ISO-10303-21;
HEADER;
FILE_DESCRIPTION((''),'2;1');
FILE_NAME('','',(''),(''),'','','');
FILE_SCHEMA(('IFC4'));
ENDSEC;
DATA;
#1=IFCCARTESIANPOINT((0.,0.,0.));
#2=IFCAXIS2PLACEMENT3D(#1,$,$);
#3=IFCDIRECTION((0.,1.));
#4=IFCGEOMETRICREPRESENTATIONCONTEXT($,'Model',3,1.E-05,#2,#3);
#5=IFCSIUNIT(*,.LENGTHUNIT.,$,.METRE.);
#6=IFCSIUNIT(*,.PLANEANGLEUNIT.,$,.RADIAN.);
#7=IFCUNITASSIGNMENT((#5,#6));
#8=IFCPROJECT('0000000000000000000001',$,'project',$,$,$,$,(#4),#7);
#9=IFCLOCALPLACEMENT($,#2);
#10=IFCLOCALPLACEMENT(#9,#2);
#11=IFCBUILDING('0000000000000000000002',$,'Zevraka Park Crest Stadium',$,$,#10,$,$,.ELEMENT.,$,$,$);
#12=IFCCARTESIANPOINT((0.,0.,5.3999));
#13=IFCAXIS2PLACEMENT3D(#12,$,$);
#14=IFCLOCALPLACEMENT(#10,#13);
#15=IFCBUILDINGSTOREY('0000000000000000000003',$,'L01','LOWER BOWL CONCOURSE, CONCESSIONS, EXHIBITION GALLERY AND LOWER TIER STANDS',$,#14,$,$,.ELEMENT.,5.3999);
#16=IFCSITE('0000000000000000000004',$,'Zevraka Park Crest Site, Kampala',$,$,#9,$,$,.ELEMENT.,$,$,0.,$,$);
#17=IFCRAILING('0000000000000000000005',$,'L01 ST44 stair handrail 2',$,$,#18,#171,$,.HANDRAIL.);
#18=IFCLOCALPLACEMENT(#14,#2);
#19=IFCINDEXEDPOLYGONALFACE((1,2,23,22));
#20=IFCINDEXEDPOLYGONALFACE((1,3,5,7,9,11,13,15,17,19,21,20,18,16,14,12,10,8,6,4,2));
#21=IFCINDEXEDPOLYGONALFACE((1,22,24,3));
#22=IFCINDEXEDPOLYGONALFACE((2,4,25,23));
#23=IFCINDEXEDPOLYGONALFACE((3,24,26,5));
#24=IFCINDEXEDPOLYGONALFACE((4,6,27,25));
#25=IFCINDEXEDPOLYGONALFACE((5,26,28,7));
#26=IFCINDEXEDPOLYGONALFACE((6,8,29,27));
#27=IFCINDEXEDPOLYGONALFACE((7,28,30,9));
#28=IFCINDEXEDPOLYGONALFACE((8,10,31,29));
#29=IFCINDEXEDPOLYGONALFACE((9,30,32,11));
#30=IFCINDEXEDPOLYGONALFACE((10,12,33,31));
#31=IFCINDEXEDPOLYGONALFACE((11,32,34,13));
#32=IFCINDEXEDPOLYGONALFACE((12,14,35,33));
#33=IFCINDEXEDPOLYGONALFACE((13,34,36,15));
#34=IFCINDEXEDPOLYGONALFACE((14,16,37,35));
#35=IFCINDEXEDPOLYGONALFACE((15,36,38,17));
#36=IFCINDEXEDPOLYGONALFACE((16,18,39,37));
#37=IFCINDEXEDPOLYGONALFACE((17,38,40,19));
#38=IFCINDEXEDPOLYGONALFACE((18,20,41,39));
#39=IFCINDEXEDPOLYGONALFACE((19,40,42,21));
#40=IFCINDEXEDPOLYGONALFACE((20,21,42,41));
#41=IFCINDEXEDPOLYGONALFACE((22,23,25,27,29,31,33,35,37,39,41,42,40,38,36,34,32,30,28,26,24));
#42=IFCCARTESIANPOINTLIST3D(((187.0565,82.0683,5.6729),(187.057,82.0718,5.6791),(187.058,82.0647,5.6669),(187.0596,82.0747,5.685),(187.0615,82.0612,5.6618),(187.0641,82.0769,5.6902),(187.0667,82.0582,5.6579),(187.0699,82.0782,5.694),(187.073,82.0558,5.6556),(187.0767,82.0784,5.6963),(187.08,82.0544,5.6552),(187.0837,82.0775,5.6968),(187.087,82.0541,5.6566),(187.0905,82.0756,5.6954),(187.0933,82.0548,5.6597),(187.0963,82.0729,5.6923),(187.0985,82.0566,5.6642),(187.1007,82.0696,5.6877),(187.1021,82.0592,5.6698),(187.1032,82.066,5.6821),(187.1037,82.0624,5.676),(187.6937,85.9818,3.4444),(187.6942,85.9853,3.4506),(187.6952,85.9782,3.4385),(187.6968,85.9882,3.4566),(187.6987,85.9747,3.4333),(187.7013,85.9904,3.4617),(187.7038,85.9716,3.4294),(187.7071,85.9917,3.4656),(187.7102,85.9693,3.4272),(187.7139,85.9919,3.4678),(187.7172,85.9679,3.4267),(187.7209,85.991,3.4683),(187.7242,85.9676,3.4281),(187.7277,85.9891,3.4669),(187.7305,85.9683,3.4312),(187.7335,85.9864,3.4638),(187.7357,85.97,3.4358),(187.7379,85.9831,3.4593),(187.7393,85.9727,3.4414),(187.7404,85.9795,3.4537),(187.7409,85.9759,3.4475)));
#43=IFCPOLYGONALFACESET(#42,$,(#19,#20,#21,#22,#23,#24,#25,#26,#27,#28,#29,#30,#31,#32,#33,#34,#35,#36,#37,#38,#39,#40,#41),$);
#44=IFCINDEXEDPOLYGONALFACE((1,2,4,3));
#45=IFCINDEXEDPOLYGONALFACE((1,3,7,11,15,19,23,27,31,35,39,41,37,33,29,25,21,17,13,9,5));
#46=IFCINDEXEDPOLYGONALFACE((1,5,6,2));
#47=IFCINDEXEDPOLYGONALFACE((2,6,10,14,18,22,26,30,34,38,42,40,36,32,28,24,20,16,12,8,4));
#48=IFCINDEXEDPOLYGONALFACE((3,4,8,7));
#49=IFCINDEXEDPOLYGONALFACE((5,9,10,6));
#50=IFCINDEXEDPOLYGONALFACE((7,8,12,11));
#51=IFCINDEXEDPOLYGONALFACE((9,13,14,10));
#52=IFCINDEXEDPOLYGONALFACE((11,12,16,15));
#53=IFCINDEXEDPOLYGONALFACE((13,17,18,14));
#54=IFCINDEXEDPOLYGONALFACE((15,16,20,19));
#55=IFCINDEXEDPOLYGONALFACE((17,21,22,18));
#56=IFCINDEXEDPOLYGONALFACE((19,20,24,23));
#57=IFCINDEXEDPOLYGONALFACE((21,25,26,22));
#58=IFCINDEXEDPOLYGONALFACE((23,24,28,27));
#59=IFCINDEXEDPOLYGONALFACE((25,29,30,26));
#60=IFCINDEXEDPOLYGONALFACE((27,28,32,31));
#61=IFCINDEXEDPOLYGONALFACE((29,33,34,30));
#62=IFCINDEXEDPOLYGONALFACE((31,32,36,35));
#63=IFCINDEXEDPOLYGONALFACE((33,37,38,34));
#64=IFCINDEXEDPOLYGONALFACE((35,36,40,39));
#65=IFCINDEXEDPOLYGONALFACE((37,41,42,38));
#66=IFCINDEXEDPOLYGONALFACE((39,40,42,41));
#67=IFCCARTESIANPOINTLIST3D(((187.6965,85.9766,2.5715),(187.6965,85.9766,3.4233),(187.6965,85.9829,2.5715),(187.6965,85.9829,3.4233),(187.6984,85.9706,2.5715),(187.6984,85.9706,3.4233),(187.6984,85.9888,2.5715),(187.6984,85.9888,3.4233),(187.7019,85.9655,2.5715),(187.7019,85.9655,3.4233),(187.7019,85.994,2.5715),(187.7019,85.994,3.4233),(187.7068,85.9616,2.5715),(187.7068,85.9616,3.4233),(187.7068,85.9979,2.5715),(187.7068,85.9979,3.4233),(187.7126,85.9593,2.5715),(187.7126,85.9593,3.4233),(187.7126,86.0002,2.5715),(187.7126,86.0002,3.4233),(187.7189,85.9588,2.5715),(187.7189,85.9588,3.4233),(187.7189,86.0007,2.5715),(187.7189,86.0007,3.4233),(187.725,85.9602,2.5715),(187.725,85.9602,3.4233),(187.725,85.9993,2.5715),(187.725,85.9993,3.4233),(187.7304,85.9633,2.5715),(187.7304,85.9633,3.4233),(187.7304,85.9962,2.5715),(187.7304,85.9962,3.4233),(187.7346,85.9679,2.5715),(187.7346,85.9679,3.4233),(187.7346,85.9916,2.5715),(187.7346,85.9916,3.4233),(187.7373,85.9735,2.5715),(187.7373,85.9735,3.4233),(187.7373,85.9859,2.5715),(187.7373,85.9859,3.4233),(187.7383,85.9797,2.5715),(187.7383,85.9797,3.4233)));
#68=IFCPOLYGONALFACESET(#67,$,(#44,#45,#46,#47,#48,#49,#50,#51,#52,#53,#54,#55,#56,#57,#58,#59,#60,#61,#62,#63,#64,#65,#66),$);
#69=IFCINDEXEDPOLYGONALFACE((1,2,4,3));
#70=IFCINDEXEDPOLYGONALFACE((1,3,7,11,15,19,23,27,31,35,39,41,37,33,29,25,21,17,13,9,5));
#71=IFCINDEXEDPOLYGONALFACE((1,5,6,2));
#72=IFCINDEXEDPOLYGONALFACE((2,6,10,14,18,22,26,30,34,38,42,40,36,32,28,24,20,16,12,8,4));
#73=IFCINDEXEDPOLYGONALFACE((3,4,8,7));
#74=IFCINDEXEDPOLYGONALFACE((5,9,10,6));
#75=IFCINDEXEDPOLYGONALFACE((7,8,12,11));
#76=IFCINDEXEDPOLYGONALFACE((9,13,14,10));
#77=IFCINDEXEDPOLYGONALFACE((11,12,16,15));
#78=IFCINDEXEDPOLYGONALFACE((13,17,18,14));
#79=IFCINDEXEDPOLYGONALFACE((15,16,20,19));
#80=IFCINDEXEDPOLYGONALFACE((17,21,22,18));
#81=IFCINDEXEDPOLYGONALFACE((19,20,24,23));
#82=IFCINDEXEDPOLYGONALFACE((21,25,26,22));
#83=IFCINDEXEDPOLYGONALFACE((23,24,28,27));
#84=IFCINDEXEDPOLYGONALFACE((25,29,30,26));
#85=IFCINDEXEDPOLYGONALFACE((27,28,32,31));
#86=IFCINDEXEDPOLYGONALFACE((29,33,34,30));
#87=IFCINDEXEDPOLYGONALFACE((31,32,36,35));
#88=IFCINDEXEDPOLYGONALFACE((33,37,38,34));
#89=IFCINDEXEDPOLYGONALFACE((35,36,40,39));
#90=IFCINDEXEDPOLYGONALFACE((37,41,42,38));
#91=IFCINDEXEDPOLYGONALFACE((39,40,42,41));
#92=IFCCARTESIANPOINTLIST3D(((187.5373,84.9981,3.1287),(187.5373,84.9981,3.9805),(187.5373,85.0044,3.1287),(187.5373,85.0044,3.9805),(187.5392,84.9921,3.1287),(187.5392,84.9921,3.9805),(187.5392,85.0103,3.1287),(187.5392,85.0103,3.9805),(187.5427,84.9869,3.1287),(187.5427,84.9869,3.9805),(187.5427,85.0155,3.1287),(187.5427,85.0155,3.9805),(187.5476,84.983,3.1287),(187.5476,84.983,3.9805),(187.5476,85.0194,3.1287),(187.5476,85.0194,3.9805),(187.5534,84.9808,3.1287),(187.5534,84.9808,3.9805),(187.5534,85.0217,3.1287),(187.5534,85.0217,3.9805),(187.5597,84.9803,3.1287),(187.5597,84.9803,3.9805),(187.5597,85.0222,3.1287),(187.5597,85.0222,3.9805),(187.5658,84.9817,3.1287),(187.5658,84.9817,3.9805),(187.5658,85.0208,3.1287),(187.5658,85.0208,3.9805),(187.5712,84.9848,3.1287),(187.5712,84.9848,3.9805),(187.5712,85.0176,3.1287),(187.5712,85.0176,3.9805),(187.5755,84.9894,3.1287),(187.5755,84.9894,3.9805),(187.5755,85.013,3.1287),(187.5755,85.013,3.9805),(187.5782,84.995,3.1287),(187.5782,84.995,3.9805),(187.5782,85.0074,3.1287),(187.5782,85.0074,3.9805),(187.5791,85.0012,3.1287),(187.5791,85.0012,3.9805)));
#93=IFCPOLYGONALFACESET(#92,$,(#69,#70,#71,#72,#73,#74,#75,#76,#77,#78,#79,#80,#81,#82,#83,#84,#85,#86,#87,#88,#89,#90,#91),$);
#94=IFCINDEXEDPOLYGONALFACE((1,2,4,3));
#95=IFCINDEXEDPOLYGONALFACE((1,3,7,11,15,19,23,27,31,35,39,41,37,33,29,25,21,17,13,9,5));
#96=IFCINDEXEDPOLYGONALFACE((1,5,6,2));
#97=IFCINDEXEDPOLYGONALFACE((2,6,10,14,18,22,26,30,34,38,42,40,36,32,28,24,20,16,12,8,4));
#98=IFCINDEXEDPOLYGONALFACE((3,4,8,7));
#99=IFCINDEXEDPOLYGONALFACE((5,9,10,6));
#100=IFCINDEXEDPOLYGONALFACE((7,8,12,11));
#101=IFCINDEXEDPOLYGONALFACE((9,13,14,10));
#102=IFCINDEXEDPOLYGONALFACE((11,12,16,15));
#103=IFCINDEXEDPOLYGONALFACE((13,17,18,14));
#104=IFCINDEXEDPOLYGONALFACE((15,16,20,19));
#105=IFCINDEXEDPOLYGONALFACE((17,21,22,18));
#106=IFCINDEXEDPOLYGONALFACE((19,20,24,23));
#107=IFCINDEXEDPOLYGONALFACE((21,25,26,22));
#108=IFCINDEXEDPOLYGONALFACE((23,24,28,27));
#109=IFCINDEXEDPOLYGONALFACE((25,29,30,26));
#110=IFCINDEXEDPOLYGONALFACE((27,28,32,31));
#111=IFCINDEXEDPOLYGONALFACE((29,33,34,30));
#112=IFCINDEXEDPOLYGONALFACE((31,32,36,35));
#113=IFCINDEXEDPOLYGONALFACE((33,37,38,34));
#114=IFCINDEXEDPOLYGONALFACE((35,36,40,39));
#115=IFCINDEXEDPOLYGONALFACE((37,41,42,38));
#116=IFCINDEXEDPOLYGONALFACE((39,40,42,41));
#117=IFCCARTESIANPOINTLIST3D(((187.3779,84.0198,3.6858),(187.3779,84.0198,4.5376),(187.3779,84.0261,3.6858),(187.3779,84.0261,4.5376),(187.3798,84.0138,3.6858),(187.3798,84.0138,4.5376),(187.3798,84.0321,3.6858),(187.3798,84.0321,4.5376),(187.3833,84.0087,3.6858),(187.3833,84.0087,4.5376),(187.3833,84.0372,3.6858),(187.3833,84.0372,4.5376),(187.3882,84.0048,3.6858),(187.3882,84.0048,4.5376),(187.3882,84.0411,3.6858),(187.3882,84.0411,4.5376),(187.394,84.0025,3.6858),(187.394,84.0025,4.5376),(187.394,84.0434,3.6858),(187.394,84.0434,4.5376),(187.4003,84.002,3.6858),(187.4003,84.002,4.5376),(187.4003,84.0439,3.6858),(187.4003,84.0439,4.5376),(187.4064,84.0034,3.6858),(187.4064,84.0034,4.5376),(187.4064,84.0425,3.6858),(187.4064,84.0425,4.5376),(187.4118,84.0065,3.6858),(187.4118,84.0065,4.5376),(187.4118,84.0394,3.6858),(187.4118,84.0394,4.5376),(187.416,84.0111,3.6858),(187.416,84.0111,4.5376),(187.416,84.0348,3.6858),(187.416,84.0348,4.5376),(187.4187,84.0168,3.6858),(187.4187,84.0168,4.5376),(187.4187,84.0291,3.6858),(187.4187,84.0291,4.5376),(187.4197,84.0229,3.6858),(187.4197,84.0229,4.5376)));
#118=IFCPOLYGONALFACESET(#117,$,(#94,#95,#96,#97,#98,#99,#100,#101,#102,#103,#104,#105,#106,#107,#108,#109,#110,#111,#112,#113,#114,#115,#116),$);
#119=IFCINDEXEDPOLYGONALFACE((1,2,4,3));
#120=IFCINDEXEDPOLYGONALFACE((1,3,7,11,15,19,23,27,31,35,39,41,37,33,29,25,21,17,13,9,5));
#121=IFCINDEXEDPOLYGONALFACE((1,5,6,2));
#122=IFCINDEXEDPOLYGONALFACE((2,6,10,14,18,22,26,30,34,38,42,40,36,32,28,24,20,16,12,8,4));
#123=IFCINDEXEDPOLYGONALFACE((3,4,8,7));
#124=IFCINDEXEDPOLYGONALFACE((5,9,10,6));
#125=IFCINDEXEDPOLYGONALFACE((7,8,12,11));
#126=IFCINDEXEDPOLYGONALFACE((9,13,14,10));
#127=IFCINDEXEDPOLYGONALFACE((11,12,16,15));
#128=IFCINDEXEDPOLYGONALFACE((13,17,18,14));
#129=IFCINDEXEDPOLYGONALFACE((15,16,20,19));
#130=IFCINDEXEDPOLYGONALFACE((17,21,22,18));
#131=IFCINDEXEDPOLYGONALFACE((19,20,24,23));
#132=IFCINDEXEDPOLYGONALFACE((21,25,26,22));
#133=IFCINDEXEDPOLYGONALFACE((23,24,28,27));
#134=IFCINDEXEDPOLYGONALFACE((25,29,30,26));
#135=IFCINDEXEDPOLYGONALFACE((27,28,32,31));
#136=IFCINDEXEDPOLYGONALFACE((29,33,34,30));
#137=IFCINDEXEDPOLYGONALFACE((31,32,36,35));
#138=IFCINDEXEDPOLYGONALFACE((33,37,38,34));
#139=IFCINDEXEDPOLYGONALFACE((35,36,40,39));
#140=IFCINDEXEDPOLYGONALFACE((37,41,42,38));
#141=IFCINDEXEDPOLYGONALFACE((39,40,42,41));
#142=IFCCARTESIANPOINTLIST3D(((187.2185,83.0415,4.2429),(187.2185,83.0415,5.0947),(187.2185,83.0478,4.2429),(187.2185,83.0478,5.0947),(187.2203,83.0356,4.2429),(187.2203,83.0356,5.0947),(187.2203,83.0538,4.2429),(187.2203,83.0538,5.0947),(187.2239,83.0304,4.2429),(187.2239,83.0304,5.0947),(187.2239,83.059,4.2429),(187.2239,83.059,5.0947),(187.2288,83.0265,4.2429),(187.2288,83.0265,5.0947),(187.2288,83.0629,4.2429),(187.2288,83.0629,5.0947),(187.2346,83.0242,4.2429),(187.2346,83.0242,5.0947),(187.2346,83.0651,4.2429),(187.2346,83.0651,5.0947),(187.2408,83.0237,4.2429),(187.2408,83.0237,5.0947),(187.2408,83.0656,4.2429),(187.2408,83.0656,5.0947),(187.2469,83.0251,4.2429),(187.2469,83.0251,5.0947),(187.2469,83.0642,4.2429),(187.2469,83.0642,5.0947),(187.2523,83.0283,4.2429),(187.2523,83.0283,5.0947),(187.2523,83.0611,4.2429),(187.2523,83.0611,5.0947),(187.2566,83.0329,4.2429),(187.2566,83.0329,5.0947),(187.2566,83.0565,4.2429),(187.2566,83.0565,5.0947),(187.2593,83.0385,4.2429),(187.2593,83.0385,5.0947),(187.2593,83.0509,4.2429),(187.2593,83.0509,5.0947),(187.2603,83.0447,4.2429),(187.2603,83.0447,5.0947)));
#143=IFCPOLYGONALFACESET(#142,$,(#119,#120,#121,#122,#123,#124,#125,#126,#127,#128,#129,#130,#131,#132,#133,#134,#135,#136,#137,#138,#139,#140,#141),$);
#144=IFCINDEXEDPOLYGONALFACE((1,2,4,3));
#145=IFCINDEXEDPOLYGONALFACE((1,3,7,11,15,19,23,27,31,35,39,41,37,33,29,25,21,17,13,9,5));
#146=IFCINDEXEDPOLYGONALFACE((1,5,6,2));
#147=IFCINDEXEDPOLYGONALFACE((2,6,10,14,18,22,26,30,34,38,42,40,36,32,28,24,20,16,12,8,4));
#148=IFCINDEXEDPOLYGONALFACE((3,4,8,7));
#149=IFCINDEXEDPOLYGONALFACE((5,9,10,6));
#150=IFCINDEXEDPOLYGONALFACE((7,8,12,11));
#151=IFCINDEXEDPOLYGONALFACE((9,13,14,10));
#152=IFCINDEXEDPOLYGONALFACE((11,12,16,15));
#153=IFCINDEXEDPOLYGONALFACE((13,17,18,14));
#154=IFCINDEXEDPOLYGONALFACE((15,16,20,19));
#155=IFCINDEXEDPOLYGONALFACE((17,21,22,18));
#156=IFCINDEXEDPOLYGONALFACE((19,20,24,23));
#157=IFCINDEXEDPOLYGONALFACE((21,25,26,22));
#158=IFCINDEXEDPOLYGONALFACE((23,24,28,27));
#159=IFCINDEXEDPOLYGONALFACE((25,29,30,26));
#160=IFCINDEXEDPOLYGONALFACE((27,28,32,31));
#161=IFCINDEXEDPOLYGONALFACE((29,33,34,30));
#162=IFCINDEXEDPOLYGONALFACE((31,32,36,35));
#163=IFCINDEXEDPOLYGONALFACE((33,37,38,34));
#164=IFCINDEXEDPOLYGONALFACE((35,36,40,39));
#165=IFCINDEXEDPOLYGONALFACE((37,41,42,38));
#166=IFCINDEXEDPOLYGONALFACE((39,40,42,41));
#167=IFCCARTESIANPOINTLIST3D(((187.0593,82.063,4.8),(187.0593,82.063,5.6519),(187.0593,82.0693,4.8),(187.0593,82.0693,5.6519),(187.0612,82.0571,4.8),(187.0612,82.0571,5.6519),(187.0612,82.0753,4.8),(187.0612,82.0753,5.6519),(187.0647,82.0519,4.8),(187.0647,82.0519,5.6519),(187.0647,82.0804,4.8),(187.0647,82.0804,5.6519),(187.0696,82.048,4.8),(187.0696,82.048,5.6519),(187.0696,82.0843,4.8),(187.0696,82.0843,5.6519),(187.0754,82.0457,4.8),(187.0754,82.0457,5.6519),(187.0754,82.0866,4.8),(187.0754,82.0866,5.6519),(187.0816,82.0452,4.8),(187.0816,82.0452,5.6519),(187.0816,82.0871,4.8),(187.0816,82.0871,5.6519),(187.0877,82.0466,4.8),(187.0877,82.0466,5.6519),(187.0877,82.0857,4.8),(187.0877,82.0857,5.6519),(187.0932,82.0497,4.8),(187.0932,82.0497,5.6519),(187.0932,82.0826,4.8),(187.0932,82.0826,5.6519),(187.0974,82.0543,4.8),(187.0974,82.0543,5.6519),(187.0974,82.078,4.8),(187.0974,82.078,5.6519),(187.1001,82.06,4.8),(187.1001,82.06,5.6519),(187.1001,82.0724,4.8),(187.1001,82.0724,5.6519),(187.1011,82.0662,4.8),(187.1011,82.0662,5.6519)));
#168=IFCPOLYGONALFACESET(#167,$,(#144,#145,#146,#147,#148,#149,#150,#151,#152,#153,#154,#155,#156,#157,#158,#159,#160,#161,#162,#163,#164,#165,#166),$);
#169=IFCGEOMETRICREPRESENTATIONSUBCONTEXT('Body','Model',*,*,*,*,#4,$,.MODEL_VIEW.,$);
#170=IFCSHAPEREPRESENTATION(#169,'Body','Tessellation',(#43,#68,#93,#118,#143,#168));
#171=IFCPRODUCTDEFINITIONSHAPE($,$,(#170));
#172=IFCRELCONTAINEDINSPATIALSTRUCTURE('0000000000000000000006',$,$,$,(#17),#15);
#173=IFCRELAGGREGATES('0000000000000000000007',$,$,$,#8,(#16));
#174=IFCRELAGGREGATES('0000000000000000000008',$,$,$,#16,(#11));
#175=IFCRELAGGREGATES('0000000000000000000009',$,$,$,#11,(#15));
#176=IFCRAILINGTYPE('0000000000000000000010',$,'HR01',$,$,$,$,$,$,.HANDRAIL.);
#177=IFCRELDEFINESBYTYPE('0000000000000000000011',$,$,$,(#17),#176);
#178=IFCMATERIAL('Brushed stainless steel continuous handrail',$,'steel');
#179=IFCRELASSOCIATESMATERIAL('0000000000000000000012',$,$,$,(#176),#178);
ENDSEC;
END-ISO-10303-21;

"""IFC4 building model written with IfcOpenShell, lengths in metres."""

from ifc_helpers import new_model, si_unit, direction, frame, origin, origin_2d, place, context, subcontext, project, spatial, circle, extrude, material, type_object, element, save


model = new_model("IFC4")

# Units and contexts
model_context = context("Model", 3, precision=1e-05, world=origin(), true_north=direction((0.0, 1.0)))
body_context = subcontext(model_context, "Body", "Model", "MODEL_VIEW")
ifc_project = project(units=[si_unit("LENGTHUNIT", "METRE"), si_unit("PLANEANGLEUNIT", "RADIAN")], contexts=[model_context])

# Site, building, storey
site_placement = place(None, origin())
site = spatial("IfcSite", under=ifc_project, at=site_placement, Name="Zevraka Park Crest Site, Kampala", CompositionType="ELEMENT", RefElevation=0.0)
building_placement = place(site_placement, origin())
building = spatial("IfcBuilding", under=site, at=building_placement, Name="Zevraka Park Crest Stadium", CompositionType="ELEMENT")
storey_placement = place(building_placement, frame((0.0, 0.0, 5.3999)))
storey = spatial("IfcBuildingStorey", under=building, at=storey_placement, Name="L01", Description="LOWER BOWL CONCOURSE, CONCESSIONS, EXHIBITION GALLERY AND LOWER TIER STANDS", CompositionType="ELEMENT", Elevation=5.3999)

# Railing
ifc_material_1 = material(Name="Brushed stainless steel continuous handrail", Category="steel")
railing_type_1 = type_object("IfcRailingType", Name="HR01", PredefinedType="HANDRAIL", material=ifc_material_1)
railing_1_placement = place(storey_placement, frame((187.7173, 85.9797, 2.5715)))
element("IfcRailing", 1, at=railing_1_placement, inside=storey, type_object=railing_type_1, Name="L01 ST44 stair handrail 2", PredefinedType="HANDRAIL", context=body_context, shape_type="SweptSolid", body=[
    extrude(circle(Radius=0.0239, at=origin_2d()), frame((0.0, 0.0, 0.876), z_axis=(-0.140093, -0.86042, 0.489951), x_axis=(0.987003, -0.160704, 0.0)), (0.0, 0.0, 1.0), 4.5483),
    extrude(circle(Radius=0.021, at=origin_2d()), origin(), (0.0, 0.0, 1.0), 0.8518),
    extrude(circle(Radius=0.021, at=origin_2d()), frame((-0.1592, -0.9785, 0.5571)), (0.0, 0.0, 1.0), 0.8518),
    extrude(circle(Radius=0.021, at=origin_2d()), frame((-0.3186, -1.9568, 1.1143)), (0.0, 0.0, 1.0), 0.8518),
    extrude(circle(Radius=0.021, at=origin_2d()), frame((-0.478, -2.9351, 1.6714)), (0.0, 0.0, 1.0), 0.8518),
    extrude(circle(Radius=0.021, at=origin_2d()), frame((-0.6372, -3.9136, 2.2285)), (0.0, 0.0, 1.0), 0.8518),
])

save(model, "model.ifc")
